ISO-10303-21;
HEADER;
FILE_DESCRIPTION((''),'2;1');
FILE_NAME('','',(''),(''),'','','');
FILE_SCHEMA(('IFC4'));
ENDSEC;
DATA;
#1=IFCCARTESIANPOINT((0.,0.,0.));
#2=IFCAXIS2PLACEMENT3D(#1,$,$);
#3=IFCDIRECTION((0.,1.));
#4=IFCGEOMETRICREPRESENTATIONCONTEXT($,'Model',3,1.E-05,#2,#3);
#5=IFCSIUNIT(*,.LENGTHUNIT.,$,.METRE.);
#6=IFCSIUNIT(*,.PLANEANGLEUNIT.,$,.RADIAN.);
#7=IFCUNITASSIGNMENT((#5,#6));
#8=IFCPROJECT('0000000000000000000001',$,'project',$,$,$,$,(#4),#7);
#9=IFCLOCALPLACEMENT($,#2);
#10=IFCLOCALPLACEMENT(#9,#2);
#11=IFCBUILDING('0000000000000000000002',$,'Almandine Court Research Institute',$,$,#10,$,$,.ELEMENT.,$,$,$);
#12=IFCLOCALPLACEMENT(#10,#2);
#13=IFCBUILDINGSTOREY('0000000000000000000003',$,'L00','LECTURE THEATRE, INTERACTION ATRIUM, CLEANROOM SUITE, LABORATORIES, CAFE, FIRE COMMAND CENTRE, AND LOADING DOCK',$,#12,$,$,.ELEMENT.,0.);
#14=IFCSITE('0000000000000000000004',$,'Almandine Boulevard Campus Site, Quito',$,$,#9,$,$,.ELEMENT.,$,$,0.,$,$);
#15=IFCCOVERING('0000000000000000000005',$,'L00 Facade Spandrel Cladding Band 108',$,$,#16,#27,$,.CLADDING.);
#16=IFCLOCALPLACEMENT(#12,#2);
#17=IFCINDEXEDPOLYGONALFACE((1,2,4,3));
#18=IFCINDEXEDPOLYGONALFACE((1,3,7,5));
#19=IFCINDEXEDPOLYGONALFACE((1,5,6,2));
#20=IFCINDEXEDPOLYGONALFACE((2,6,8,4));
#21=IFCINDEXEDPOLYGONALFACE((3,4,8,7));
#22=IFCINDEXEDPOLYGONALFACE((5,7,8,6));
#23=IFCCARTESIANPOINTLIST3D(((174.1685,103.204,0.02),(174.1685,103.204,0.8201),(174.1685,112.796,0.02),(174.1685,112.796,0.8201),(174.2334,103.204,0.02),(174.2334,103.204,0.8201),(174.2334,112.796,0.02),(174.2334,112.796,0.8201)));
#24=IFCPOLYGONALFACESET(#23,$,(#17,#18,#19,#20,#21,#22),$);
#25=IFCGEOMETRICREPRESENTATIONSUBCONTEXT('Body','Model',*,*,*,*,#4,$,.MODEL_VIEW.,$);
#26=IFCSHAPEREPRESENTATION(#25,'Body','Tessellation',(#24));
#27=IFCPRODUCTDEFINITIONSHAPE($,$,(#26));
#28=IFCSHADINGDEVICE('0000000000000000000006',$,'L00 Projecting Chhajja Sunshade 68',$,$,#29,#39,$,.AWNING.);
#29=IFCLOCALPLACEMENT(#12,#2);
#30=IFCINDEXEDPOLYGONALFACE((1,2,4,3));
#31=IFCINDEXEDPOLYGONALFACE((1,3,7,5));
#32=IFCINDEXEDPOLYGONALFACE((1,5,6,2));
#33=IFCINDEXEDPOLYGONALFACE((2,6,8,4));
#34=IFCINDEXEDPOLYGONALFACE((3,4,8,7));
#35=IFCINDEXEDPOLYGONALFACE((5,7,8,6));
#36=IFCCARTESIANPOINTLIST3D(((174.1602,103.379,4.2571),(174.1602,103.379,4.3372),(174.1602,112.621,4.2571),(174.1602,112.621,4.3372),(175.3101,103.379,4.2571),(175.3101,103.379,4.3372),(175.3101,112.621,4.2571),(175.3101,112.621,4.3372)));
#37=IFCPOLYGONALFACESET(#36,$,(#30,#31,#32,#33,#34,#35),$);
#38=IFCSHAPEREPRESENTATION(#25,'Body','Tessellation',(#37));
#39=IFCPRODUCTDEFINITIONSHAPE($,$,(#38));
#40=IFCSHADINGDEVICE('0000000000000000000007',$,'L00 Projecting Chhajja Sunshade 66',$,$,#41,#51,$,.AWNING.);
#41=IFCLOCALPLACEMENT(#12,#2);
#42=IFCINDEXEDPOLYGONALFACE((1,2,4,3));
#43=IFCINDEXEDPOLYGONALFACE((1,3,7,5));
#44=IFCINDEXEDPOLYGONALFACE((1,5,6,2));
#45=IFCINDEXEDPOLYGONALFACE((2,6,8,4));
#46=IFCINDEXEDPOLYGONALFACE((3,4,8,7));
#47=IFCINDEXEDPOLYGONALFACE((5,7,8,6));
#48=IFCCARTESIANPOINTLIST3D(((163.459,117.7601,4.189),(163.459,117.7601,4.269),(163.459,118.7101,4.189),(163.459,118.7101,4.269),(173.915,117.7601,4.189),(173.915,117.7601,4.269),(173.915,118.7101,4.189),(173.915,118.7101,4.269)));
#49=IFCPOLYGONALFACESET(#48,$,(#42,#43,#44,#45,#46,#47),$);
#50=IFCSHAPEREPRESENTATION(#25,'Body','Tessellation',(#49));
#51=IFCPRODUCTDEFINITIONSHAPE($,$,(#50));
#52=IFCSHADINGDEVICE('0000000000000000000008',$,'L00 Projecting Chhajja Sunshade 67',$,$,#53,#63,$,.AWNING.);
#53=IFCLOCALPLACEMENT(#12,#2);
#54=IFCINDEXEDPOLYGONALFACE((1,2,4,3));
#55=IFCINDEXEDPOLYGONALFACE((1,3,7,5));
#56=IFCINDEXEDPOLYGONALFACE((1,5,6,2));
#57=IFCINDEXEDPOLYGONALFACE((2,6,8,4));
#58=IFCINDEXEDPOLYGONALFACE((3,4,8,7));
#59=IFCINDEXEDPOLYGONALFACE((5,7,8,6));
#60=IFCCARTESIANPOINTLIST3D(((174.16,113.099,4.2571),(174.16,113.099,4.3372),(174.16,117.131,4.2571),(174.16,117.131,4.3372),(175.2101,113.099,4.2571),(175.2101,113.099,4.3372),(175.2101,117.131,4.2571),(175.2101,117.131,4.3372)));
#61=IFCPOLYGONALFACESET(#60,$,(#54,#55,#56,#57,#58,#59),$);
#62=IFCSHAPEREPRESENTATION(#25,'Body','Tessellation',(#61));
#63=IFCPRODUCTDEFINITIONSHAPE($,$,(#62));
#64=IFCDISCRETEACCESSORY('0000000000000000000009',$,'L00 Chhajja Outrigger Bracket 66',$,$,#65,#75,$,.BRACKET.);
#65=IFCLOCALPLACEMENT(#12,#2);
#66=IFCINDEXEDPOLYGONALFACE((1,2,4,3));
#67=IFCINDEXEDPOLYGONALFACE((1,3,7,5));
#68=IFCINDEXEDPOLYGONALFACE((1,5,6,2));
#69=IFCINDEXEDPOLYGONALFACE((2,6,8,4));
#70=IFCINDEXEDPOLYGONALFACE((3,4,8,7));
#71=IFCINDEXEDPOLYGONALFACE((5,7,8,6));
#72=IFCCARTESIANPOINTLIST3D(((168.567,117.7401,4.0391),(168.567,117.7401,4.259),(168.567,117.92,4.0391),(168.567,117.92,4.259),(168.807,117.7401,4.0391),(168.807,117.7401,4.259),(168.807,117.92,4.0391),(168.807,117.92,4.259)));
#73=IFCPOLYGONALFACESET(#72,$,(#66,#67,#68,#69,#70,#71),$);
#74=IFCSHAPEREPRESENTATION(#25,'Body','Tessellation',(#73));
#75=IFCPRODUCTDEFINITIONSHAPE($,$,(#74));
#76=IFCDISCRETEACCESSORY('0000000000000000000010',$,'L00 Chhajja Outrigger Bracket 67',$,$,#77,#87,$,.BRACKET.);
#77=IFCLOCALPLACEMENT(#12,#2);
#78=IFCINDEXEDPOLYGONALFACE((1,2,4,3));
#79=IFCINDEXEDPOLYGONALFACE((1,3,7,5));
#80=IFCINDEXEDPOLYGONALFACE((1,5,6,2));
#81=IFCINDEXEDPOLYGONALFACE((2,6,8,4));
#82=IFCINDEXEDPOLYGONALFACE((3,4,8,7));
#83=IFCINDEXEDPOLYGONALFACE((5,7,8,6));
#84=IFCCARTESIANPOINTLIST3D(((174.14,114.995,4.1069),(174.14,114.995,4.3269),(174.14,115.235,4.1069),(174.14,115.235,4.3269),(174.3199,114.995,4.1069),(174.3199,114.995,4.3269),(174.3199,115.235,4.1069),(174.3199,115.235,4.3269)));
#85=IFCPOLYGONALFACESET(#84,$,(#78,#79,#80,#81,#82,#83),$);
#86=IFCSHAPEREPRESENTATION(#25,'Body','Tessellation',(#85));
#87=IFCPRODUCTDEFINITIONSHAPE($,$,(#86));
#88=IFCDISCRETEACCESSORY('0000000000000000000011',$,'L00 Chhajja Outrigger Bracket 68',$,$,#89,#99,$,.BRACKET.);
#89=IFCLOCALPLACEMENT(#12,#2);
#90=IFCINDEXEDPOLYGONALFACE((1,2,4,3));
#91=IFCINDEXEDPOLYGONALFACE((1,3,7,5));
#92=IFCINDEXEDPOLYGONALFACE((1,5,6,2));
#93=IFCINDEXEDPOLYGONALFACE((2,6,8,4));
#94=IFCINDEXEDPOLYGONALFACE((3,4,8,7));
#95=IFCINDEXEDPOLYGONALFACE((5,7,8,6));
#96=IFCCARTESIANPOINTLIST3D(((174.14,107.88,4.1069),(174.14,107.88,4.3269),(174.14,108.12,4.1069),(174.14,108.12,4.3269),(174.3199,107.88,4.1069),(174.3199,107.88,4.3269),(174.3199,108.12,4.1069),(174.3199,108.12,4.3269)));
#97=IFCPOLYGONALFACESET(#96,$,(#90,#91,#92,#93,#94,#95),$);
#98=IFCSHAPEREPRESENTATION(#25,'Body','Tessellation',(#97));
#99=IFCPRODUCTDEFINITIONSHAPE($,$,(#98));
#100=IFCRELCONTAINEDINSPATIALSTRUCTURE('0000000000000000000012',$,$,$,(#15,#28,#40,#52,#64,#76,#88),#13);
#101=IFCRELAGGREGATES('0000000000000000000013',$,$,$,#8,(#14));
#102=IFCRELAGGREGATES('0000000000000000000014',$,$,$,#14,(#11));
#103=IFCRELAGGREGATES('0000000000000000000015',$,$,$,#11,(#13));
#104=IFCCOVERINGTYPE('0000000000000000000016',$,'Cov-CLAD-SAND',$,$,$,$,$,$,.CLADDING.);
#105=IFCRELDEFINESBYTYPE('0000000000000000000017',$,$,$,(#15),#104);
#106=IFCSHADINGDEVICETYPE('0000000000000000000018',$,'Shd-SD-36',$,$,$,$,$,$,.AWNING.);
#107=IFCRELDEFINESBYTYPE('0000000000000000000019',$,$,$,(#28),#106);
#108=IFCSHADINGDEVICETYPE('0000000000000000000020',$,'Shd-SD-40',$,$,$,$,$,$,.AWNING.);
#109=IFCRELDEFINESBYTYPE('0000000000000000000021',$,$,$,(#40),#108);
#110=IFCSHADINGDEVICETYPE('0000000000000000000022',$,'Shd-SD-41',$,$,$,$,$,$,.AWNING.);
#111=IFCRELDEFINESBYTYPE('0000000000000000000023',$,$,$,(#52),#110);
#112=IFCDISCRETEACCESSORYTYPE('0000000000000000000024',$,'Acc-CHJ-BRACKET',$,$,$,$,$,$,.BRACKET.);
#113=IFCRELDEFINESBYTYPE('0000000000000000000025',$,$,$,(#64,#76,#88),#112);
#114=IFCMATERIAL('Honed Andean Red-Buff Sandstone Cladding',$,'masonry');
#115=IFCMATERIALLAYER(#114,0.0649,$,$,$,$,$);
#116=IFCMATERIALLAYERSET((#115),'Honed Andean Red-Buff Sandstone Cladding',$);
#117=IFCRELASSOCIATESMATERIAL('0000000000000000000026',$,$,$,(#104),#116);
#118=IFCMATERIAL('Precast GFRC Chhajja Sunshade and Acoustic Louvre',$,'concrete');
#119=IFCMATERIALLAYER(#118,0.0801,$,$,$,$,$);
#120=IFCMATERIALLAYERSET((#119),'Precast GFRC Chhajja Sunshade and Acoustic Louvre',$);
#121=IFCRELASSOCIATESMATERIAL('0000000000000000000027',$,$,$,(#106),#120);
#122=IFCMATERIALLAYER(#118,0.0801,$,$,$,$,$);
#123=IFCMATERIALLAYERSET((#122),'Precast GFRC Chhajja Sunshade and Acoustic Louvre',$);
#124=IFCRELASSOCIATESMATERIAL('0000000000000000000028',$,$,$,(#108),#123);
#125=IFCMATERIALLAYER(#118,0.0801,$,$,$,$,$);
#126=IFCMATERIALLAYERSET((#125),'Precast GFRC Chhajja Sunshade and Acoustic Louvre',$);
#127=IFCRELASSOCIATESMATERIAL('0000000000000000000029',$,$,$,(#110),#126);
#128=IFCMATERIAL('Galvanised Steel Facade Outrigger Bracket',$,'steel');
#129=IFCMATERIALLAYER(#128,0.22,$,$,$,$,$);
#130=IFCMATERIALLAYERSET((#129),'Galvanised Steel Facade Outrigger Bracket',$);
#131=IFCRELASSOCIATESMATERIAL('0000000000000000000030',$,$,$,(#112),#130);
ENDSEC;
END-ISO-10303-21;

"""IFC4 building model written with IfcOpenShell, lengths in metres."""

from ifc_helpers import new_model, si_unit, direction, frame, origin, origin_2d, place, context, subcontext, project, spatial, rectangle, extrude, material, layer, layer_set, type_object, element, save


model = new_model("IFC4")

# Units and contexts
model_context = context("Model", 3, precision=1e-05, world=origin(), true_north=direction((0.0, 1.0)))
body_context = subcontext(model_context, "Body", "Model", "MODEL_VIEW")
ifc_project = project(units=[si_unit("LENGTHUNIT", "METRE"), si_unit("PLANEANGLEUNIT", "RADIAN")], contexts=[model_context])

# Site, building, storey
site_placement = place(None, origin())
site = spatial("IfcSite", under=ifc_project, at=site_placement, Name="Almandine Boulevard Campus Site, Quito", CompositionType="ELEMENT", RefElevation=0.0)
building_placement = place(site_placement, origin())
building = spatial("IfcBuilding", under=site, at=building_placement, Name="Almandine Court Research Institute", CompositionType="ELEMENT")
storey_placement = place(building_placement, origin())
storey = spatial("IfcBuildingStorey", under=building, at=storey_placement, Name="L00", Description="LECTURE THEATRE, INTERACTION ATRIUM, CLEANROOM SUITE, LABORATORIES, CAFE, FIRE COMMAND CENTRE, AND LOADING DOCK", CompositionType="ELEMENT", Elevation=0.0)

# Covering
ifc_material_1 = material(Name="Honed Andean Red-Buff Sandstone Cladding", Category="masonry")
ifc_layer_1 = layer(ifc_material_1, 0.0649)
ifc_layer_set_1 = layer_set([ifc_layer_1], Name="Honed Andean Red-Buff Sandstone Cladding")
covering_type = type_object("IfcCoveringType", Name="Cov-CLAD-SAND", PredefinedType="CLADDING", material=ifc_layer_set_1)
covering_1_placement = place(storey_placement, frame((174.2009, 108.0, 0.02), z_axis=(0.0, 0.0, 1.0), x_axis=(0.0, -1.0, 0.0)))
element("IfcCovering", 1, at=covering_1_placement, inside=storey, type_object=covering_type, Name="L00 Facade Spandrel Cladding Band 108", PredefinedType="CLADDING", context=body_context, shape_type="SweptSolid", body=[
    extrude(rectangle(XDim=9.592, YDim=0.0649, at=origin_2d()), origin(), (0.0, 0.0, 1.0), 0.8),
])

# Shading devices
ifc_material_2 = material(Name="Precast GFRC Chhajja Sunshade and Acoustic Louvre", Category="concrete")
ifc_layer_2 = layer(ifc_material_2, 0.0801)
ifc_layer_set_2 = layer_set([ifc_layer_2], Name="Precast GFRC Chhajja Sunshade and Acoustic Louvre")
shading_device_type_1 = type_object("IfcShadingDeviceType", Name="Shd-SD-36", PredefinedType="AWNING", material=ifc_layer_set_2)
shading_device_1_placement = place(storey_placement, frame((174.7351, 108.0, 4.2571), z_axis=(0.0, 0.0, 1.0), x_axis=(0.0, -1.0, 0.0)))
element("IfcShadingDevice", 2, at=shading_device_1_placement, inside=storey, type_object=shading_device_type_1, Name="L00 Projecting Chhajja Sunshade 68", PredefinedType="AWNING", context=body_context, shape_type="SweptSolid", body=[
    extrude(rectangle(XDim=9.2419, YDim=1.1499, at=origin_2d()), origin(), (0.0, 0.0, 1.0), 0.0801),
])
ifc_layer_3 = layer(ifc_material_2, 0.0801)
ifc_layer_set_3 = layer_set([ifc_layer_3], Name="Precast GFRC Chhajja Sunshade and Acoustic Louvre")
shading_device_type_2 = type_object("IfcShadingDeviceType", Name="Shd-SD-40", PredefinedType="AWNING", material=ifc_layer_set_3)
shading_device_2_placement = place(storey_placement, frame((168.687, 118.2351, 4.189), z_axis=(0.0, 0.0, 1.0), x_axis=(1.0, 0.0, 0.0)))
element("IfcShadingDevice", 3, at=shading_device_2_placement, inside=storey, type_object=shading_device_type_2, Name="L00 Projecting Chhajja Sunshade 66", PredefinedType="AWNING", context=body_context, shape_type="SweptSolid", body=[
    extrude(rectangle(XDim=10.4561, YDim=0.95, at=origin_2d()), origin(), (0.0, 0.0, 1.0), 0.0801),
])
ifc_layer_4 = layer(ifc_material_2, 0.0801)
ifc_layer_set_4 = layer_set([ifc_layer_4], Name="Precast GFRC Chhajja Sunshade and Acoustic Louvre")
shading_device_type_3 = type_object("IfcShadingDeviceType", Name="Shd-SD-41", PredefinedType="AWNING", material=ifc_layer_set_4)
shading_device_3_placement = place(storey_placement, frame((174.6851, 115.115, 4.2571), z_axis=(0.0, 0.0, 1.0), x_axis=(0.0, -1.0, 0.0)))
element("IfcShadingDevice", 4, at=shading_device_3_placement, inside=storey, type_object=shading_device_type_3, Name="L00 Projecting Chhajja Sunshade 67", PredefinedType="AWNING", context=body_context, shape_type="SweptSolid", body=[
    extrude(rectangle(XDim=4.032, YDim=1.05, at=origin_2d()), origin(), (0.0, 0.0, 1.0), 0.0801),
])

# Discrete accessories
ifc_material_3 = material(Name="Galvanised Steel Facade Outrigger Bracket", Category="steel")
ifc_layer_5 = layer(ifc_material_3, 0.22)
ifc_layer_set_5 = layer_set([ifc_layer_5], Name="Galvanised Steel Facade Outrigger Bracket")
discrete_accessory_type = type_object("IfcDiscreteAccessoryType", Name="Acc-CHJ-BRACKET", PredefinedType="BRACKET", material=ifc_layer_set_5)
for number, where, z_axis, x_axis, name in (
    (5, (168.687, 117.8301, 4.0391), (0.0, 0.0, 1.0), (1.0, 0.0, 0.0), "L00 Chhajja Outrigger Bracket 66"),
    (6, (174.23, 115.115, 4.1069), (0.0, 0.0, 1.0), (0.0, -1.0, 0.0), "L00 Chhajja Outrigger Bracket 67"),
    (7, (174.23, 108.0, 4.1069), (0.0, 0.0, 1.0), (0.0, -1.0, 0.0), "L00 Chhajja Outrigger Bracket 68"),
):
    element("IfcDiscreteAccessory", number, at=place(storey_placement, frame(where, z_axis=z_axis, x_axis=x_axis)), inside=storey, type_object=discrete_accessory_type, Name=name, PredefinedType="BRACKET", context=body_context, shape_type="SweptSolid", body=[
        extrude(rectangle(XDim=0.24, YDim=0.1799, at=origin_2d()), origin(), (0.0, 0.0, 1.0), 0.22),
    ])

save(model, "model.ifc")
